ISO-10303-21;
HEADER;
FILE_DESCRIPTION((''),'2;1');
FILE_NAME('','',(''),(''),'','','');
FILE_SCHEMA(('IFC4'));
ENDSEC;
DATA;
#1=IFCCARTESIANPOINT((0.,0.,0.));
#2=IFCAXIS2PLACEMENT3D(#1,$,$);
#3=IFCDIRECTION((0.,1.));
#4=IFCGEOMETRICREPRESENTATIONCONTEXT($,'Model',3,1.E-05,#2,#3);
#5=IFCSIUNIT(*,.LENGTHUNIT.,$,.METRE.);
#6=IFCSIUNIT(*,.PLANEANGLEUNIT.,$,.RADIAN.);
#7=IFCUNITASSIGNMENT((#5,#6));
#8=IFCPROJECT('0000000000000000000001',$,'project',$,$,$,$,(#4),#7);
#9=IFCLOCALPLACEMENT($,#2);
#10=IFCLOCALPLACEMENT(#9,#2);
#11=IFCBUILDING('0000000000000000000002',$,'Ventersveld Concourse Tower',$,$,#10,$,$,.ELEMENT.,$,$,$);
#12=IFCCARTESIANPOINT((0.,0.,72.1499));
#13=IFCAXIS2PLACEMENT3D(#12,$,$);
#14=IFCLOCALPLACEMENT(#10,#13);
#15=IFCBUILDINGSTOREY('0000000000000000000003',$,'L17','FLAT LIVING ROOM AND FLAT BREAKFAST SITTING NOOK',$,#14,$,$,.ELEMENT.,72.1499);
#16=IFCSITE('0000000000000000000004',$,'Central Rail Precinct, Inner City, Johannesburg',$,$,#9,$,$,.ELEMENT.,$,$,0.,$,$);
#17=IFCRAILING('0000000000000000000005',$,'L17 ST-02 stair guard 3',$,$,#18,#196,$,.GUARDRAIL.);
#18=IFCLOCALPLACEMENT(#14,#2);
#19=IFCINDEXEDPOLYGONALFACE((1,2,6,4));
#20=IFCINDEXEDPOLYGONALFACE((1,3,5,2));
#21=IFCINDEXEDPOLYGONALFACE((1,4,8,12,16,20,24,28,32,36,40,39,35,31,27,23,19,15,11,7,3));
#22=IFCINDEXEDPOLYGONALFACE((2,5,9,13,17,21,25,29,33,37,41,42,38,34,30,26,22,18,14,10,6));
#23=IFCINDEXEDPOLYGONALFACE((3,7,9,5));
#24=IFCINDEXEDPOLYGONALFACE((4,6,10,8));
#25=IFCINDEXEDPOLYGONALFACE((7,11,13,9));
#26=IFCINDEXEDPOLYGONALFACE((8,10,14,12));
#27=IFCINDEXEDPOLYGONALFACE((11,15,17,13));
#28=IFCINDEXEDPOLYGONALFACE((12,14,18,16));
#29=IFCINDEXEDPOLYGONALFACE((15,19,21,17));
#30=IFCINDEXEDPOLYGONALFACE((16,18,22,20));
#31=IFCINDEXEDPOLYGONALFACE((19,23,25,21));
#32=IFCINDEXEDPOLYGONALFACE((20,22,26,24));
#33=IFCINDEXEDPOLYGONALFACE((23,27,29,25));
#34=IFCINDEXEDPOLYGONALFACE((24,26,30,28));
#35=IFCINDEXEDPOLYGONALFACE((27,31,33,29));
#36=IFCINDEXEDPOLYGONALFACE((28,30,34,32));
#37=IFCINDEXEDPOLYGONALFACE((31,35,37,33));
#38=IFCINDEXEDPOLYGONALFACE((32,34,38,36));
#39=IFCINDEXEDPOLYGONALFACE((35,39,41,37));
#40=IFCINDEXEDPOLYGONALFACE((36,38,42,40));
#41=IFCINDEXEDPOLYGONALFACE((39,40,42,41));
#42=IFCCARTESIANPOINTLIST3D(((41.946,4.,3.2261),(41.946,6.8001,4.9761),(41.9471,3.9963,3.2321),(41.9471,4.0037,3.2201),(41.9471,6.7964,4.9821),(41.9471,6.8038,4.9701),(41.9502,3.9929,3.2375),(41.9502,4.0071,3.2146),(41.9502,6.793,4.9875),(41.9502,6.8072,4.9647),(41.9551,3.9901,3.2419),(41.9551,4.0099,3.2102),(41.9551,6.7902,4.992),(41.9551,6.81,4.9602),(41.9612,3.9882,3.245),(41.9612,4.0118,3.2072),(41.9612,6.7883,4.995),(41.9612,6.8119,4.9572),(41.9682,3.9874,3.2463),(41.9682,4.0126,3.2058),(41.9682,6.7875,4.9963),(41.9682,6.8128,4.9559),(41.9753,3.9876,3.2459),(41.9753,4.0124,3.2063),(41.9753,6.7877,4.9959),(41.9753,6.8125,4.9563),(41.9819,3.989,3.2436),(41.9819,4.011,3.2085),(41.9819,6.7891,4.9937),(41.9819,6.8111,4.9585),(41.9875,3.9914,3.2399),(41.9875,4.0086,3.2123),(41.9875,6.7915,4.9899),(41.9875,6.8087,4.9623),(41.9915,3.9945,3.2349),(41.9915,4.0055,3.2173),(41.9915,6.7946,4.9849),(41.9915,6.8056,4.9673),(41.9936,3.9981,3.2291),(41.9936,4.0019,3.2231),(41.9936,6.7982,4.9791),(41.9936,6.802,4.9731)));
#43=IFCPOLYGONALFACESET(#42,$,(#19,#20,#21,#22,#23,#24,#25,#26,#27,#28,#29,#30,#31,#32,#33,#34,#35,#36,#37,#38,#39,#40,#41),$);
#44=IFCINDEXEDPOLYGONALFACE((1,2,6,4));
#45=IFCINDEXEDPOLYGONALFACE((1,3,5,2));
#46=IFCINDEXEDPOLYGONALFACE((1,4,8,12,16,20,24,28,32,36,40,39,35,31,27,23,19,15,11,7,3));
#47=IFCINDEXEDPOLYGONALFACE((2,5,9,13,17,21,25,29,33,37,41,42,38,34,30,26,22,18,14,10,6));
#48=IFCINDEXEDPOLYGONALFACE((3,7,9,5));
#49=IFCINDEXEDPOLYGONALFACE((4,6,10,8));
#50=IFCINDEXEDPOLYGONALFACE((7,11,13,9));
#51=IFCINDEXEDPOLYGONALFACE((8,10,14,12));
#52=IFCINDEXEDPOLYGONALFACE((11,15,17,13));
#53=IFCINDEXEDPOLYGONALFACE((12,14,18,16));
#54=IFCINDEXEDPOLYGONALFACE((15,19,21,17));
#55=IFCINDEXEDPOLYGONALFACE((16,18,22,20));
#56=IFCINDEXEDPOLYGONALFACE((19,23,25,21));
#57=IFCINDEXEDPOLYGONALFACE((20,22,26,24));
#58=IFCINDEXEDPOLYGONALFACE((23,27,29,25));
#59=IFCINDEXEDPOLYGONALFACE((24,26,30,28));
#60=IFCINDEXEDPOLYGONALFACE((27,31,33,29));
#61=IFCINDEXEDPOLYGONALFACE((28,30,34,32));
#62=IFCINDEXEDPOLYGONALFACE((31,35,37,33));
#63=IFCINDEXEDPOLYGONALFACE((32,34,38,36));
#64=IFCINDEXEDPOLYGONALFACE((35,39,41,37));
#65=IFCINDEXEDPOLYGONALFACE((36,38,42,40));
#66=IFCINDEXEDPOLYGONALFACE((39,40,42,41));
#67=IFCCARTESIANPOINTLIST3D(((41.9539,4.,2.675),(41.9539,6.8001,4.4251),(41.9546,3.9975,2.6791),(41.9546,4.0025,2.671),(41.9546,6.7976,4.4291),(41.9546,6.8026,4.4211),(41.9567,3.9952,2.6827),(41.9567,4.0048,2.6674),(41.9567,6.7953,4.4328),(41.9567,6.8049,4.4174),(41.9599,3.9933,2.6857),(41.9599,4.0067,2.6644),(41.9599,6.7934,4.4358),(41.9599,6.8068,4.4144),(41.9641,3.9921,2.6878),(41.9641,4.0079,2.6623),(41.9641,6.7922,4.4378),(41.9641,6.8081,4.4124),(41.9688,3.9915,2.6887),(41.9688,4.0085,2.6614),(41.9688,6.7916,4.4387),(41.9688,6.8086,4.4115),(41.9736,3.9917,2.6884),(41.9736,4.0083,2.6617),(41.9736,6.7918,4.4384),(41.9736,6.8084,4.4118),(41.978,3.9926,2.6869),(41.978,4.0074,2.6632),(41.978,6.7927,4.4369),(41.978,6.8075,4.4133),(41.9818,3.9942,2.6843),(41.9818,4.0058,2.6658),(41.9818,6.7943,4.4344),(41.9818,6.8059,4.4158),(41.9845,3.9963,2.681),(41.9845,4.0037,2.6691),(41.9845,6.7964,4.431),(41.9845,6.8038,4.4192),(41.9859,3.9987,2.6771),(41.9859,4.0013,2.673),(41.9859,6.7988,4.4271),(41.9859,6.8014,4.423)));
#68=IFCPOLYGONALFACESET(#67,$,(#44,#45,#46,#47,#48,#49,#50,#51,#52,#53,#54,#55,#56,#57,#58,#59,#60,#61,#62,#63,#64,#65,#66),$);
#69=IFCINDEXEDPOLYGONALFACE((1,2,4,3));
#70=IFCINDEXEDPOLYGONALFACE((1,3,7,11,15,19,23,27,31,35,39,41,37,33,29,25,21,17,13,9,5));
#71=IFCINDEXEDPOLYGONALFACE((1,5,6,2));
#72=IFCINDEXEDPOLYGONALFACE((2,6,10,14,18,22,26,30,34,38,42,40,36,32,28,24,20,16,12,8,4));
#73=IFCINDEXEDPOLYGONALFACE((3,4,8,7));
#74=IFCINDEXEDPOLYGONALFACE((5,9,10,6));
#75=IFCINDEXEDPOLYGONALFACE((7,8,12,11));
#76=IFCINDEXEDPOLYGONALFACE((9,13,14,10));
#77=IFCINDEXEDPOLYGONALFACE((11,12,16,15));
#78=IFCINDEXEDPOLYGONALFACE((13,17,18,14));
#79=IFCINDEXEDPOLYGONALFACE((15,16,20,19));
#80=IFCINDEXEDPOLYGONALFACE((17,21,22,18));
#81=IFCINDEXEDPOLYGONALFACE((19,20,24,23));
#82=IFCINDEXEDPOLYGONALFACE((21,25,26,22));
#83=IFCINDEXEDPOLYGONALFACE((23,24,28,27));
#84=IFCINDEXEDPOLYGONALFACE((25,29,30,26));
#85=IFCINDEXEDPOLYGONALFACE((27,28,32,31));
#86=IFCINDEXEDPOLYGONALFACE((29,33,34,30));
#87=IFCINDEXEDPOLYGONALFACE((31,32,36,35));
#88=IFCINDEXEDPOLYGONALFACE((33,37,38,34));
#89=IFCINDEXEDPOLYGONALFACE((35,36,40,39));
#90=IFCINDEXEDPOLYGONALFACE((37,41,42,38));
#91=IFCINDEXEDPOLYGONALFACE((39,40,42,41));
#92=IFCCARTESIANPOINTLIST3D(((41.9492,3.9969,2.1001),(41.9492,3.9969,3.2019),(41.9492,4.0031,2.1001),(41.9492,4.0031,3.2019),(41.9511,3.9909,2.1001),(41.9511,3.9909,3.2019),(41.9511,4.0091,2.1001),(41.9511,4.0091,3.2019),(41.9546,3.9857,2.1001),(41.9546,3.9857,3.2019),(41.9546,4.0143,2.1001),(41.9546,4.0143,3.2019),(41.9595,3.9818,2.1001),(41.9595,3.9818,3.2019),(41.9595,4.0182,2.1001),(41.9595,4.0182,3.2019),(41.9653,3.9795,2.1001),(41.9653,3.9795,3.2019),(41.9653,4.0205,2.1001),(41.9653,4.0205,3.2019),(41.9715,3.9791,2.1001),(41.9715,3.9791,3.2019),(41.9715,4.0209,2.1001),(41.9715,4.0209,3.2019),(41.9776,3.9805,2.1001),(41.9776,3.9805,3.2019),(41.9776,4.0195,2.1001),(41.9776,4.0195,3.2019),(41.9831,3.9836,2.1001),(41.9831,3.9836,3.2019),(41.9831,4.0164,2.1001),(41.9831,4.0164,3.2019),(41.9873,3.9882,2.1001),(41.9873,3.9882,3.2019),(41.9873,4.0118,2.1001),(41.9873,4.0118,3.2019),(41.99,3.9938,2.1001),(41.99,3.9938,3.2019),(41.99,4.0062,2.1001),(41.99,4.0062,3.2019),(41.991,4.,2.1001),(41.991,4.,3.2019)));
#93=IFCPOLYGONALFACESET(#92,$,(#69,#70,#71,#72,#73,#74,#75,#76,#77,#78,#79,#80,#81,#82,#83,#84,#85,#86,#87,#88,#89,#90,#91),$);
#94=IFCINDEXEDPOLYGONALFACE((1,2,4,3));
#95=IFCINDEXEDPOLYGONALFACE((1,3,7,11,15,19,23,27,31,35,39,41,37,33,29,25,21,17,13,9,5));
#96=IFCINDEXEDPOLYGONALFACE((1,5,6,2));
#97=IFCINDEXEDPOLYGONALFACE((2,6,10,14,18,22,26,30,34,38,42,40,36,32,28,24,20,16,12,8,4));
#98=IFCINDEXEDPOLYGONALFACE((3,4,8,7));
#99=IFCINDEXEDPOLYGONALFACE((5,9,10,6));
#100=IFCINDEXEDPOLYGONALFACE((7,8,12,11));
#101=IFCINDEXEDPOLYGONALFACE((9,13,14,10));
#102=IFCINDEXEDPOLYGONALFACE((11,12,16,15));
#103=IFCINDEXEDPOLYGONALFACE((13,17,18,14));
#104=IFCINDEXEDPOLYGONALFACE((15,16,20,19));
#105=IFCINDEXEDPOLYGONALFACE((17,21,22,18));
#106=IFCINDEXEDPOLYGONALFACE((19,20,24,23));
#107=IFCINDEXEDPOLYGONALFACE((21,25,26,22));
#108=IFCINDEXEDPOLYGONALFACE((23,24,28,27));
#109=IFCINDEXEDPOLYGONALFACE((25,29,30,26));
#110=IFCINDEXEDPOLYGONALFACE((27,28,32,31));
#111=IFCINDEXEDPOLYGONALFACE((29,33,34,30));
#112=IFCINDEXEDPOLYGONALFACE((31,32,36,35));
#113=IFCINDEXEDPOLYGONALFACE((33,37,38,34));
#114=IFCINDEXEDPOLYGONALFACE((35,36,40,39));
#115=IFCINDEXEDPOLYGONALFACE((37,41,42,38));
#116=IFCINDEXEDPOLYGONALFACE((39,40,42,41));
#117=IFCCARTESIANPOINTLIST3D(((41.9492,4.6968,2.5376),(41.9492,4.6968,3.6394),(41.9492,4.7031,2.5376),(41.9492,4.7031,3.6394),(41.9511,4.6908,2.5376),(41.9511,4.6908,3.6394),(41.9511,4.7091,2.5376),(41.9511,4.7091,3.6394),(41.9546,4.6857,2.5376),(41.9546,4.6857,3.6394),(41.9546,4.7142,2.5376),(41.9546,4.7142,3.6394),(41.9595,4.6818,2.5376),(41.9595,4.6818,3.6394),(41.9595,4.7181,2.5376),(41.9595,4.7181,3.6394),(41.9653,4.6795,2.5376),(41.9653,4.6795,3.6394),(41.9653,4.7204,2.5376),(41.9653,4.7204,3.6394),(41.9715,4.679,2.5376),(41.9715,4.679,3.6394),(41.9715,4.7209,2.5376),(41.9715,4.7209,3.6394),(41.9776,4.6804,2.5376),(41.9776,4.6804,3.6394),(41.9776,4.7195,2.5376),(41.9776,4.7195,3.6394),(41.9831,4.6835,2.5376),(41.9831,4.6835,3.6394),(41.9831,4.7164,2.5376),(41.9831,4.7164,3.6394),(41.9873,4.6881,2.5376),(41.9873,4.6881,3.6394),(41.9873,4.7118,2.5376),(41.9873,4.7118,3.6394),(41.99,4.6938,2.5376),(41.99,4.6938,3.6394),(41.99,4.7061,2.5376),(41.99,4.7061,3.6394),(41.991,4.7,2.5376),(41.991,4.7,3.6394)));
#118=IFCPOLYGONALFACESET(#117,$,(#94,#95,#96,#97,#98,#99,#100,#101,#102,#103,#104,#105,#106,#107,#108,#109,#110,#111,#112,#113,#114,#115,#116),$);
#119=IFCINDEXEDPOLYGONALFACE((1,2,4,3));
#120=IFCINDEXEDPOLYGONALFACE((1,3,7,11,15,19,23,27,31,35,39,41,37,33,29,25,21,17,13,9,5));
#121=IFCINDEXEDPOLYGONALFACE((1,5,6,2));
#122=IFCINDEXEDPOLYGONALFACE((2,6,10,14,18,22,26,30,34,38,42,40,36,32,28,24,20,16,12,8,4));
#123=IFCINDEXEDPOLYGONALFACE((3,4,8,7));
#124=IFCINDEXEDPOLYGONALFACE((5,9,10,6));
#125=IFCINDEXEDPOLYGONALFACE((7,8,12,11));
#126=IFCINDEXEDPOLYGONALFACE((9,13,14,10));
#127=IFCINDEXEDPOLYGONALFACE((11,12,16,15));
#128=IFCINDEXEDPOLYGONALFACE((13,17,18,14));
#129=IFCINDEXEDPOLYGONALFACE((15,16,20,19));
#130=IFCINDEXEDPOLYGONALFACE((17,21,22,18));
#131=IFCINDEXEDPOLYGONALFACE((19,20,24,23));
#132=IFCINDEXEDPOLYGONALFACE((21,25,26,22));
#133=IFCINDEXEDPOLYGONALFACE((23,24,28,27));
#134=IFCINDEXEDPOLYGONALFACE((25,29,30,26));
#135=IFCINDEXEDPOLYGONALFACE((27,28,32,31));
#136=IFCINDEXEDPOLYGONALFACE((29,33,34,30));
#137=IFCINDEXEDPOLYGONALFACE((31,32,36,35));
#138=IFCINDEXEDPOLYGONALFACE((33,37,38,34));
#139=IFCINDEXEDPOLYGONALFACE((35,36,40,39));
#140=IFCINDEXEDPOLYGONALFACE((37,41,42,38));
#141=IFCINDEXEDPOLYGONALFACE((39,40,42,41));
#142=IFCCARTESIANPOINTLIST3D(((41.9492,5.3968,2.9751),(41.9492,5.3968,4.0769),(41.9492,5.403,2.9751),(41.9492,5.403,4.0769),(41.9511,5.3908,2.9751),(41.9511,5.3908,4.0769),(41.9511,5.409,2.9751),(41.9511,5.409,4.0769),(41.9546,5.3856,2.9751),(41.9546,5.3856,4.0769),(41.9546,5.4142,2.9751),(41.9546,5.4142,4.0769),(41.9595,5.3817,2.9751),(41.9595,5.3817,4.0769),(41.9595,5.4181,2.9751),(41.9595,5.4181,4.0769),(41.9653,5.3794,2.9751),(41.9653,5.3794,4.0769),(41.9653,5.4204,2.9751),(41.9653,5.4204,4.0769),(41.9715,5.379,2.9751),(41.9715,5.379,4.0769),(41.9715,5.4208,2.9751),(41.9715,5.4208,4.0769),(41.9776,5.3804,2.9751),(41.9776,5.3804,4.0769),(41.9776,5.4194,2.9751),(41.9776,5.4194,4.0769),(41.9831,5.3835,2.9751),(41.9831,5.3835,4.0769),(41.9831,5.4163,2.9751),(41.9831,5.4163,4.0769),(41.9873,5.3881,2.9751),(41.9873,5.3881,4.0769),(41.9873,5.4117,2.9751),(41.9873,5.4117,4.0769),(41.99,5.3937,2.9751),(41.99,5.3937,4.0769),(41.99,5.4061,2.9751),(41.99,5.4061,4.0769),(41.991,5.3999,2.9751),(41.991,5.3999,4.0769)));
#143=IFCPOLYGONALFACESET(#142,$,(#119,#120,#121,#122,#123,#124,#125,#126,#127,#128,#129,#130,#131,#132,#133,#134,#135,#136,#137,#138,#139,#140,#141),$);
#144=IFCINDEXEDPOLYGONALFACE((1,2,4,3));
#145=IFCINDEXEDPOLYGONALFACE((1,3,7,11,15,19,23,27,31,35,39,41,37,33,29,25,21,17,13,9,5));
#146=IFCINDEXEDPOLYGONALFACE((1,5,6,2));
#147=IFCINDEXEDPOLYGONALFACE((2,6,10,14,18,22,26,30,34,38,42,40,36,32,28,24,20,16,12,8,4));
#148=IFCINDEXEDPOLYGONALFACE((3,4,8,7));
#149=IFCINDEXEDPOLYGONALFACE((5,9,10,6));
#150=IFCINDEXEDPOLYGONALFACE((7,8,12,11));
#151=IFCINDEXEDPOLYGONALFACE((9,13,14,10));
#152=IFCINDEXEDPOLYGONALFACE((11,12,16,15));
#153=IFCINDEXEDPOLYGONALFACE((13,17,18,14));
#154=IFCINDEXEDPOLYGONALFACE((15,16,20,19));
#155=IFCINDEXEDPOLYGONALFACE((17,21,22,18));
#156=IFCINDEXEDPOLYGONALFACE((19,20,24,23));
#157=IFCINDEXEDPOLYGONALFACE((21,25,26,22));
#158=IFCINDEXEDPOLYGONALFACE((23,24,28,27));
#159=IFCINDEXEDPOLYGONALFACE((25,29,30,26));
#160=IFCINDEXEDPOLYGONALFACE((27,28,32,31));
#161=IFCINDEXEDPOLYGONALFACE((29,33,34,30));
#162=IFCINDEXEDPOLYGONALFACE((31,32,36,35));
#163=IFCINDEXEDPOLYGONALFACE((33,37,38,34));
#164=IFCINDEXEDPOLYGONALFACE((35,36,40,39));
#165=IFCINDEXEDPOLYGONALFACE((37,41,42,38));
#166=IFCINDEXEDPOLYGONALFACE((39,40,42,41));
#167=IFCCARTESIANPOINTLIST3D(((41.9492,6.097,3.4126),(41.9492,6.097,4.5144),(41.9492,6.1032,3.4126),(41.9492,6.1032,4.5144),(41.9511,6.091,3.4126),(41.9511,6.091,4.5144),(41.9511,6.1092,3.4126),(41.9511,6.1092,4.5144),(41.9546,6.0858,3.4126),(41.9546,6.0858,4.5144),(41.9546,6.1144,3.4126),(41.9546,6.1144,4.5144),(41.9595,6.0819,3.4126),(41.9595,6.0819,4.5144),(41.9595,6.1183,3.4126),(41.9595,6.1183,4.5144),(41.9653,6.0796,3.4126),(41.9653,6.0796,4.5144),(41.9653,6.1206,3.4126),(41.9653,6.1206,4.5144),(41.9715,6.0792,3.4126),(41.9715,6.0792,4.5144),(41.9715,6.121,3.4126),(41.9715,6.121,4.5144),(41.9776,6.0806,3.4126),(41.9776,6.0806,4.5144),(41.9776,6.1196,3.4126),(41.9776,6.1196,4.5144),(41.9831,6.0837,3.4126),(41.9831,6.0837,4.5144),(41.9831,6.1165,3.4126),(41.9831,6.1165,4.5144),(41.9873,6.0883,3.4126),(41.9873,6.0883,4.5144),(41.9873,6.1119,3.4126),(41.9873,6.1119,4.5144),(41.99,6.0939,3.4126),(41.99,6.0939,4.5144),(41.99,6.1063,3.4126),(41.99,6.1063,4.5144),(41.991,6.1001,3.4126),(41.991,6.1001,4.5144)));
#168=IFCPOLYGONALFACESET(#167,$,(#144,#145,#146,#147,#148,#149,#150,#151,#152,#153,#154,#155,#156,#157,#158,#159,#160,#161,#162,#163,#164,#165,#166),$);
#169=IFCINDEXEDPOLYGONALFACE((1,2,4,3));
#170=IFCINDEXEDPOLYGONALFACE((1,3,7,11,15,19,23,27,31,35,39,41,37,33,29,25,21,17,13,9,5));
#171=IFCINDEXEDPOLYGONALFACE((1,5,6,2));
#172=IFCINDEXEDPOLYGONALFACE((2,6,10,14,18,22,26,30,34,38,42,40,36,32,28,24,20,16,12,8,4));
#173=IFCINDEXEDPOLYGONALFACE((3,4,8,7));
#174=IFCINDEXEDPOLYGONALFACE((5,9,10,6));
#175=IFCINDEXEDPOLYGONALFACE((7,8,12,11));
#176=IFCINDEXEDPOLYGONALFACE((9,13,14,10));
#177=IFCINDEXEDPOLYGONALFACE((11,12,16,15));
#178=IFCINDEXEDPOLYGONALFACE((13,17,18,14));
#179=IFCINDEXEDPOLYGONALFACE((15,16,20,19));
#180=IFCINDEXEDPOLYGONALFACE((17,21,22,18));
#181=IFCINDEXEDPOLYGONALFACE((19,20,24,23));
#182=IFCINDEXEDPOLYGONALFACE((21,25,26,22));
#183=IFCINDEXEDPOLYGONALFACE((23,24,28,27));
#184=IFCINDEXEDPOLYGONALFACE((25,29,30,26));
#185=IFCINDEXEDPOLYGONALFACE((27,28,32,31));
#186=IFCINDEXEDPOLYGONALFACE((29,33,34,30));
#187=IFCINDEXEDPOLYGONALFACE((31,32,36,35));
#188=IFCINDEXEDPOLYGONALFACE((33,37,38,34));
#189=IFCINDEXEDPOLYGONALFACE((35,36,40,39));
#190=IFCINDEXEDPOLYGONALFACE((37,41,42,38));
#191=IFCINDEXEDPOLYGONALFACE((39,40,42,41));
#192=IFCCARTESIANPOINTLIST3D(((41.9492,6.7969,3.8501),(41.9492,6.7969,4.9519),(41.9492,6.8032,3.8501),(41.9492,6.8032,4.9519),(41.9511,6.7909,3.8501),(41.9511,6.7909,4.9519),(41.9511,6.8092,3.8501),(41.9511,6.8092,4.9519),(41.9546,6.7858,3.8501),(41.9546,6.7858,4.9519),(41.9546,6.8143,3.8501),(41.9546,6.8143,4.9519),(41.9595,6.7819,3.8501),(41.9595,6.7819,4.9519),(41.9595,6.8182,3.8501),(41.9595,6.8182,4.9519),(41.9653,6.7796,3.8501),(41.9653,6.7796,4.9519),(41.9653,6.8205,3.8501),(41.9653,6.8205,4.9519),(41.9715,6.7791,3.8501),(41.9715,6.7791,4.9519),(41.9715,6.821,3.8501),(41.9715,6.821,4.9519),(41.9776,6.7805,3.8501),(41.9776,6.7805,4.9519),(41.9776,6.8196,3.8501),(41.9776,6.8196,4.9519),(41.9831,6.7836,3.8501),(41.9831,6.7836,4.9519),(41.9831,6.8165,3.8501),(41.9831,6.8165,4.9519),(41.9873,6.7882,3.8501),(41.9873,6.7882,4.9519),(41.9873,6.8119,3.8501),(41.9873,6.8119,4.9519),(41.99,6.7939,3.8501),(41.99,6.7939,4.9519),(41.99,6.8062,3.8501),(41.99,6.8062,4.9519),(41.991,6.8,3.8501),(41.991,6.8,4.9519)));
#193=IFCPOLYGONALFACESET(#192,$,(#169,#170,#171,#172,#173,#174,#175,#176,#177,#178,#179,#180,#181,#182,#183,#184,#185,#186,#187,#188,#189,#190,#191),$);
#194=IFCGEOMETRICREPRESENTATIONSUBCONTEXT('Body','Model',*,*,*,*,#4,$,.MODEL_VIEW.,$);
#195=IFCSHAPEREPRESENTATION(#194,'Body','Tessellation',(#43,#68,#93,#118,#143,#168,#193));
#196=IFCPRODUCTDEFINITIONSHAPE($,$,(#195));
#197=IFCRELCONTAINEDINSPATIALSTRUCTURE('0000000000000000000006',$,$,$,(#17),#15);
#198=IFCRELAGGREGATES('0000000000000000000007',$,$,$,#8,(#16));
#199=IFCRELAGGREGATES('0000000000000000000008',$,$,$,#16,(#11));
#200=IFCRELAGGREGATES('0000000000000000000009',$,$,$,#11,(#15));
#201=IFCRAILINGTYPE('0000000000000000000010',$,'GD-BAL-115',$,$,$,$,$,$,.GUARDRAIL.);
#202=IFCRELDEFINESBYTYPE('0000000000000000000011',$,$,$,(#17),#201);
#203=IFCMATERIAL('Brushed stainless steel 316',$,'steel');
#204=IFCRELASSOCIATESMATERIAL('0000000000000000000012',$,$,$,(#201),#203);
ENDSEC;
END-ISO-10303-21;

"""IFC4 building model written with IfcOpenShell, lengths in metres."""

from ifc_helpers import new_model, si_unit, direction, frame, origin, origin_2d, place, context, subcontext, project, spatial, circle, extrude, material, type_object, element, save


model = new_model("IFC4")

# Units and contexts
model_context = context("Model", 3, precision=1e-05, world=origin(), true_north=direction((0.0, 1.0)))
body_context = subcontext(model_context, "Body", "Model", "MODEL_VIEW")
ifc_project = project(units=[si_unit("LENGTHUNIT", "METRE"), si_unit("PLANEANGLEUNIT", "RADIAN")], contexts=[model_context])

# Site, building, storey
site_placement = place(None, origin())
site = spatial("IfcSite", under=ifc_project, at=site_placement, Name="Central Rail Precinct, Inner City, Johannesburg", CompositionType="ELEMENT", RefElevation=0.0)
building_placement = place(site_placement, origin())
building = spatial("IfcBuilding", under=site, at=building_placement, Name="Ventersveld Concourse Tower", CompositionType="ELEMENT")
storey_placement = place(building_placement, frame((0.0, 0.0, 72.1499)))
storey = spatial("IfcBuildingStorey", under=building, at=storey_placement, Name="L17", Description="FLAT LIVING ROOM AND FLAT BREAKFAST SITTING NOOK", CompositionType="ELEMENT", Elevation=72.1499)

# Railing
ifc_material_1 = material(Name="Brushed stainless steel 316", Category="steel")
railing_type_1 = type_object("IfcRailingType", Name="GD-BAL-115", PredefinedType="GUARDRAIL", material=ifc_material_1)
railing_1_placement = place(storey_placement, frame((41.97, 4.0, 2.1001)))
element("IfcRailing", 1, at=railing_1_placement, inside=storey, type_object=railing_type_1, Name="L17 ST-02 stair guard 3", PredefinedType="GUARDRAIL", context=body_context, shape_type="SweptSolid", body=[
    extrude(circle(Radius=0.0239, at=origin_2d()), frame((0.0, 0.0, 1.126), z_axis=(0.0, 0.848002, 0.529992), x_axis=(-1.0, 0.0, 0.0)), (0.0, 0.0, 1.0), 3.302),
    extrude(circle(Radius=0.0161, at=origin_2d()), frame((0.0, 0.0, 0.575), z_axis=(0.0, 0.848002, 0.529992), x_axis=(-1.0, 0.0, 0.0)), (0.0, 0.0, 1.0), 3.302),
    extrude(circle(Radius=0.021, at=origin_2d()), origin(), (0.0, 0.0, 1.0), 1.1018),
    extrude(circle(Radius=0.021, at=origin_2d()), frame((0.0, 0.7, 0.4375)), (0.0, 0.0, 1.0), 1.1018),
    extrude(circle(Radius=0.021, at=origin_2d()), frame((0.0, 1.3999, 0.875)), (0.0, 0.0, 1.0), 1.1018),
    extrude(circle(Radius=0.021, at=origin_2d()), frame((0.0, 2.1001, 1.3125)), (0.0, 0.0, 1.0), 1.1018),
    extrude(circle(Radius=0.021, at=origin_2d()), frame((0.0, 2.8, 1.75)), (0.0, 0.0, 1.0), 1.1018),
])

save(model, "model.ifc")
